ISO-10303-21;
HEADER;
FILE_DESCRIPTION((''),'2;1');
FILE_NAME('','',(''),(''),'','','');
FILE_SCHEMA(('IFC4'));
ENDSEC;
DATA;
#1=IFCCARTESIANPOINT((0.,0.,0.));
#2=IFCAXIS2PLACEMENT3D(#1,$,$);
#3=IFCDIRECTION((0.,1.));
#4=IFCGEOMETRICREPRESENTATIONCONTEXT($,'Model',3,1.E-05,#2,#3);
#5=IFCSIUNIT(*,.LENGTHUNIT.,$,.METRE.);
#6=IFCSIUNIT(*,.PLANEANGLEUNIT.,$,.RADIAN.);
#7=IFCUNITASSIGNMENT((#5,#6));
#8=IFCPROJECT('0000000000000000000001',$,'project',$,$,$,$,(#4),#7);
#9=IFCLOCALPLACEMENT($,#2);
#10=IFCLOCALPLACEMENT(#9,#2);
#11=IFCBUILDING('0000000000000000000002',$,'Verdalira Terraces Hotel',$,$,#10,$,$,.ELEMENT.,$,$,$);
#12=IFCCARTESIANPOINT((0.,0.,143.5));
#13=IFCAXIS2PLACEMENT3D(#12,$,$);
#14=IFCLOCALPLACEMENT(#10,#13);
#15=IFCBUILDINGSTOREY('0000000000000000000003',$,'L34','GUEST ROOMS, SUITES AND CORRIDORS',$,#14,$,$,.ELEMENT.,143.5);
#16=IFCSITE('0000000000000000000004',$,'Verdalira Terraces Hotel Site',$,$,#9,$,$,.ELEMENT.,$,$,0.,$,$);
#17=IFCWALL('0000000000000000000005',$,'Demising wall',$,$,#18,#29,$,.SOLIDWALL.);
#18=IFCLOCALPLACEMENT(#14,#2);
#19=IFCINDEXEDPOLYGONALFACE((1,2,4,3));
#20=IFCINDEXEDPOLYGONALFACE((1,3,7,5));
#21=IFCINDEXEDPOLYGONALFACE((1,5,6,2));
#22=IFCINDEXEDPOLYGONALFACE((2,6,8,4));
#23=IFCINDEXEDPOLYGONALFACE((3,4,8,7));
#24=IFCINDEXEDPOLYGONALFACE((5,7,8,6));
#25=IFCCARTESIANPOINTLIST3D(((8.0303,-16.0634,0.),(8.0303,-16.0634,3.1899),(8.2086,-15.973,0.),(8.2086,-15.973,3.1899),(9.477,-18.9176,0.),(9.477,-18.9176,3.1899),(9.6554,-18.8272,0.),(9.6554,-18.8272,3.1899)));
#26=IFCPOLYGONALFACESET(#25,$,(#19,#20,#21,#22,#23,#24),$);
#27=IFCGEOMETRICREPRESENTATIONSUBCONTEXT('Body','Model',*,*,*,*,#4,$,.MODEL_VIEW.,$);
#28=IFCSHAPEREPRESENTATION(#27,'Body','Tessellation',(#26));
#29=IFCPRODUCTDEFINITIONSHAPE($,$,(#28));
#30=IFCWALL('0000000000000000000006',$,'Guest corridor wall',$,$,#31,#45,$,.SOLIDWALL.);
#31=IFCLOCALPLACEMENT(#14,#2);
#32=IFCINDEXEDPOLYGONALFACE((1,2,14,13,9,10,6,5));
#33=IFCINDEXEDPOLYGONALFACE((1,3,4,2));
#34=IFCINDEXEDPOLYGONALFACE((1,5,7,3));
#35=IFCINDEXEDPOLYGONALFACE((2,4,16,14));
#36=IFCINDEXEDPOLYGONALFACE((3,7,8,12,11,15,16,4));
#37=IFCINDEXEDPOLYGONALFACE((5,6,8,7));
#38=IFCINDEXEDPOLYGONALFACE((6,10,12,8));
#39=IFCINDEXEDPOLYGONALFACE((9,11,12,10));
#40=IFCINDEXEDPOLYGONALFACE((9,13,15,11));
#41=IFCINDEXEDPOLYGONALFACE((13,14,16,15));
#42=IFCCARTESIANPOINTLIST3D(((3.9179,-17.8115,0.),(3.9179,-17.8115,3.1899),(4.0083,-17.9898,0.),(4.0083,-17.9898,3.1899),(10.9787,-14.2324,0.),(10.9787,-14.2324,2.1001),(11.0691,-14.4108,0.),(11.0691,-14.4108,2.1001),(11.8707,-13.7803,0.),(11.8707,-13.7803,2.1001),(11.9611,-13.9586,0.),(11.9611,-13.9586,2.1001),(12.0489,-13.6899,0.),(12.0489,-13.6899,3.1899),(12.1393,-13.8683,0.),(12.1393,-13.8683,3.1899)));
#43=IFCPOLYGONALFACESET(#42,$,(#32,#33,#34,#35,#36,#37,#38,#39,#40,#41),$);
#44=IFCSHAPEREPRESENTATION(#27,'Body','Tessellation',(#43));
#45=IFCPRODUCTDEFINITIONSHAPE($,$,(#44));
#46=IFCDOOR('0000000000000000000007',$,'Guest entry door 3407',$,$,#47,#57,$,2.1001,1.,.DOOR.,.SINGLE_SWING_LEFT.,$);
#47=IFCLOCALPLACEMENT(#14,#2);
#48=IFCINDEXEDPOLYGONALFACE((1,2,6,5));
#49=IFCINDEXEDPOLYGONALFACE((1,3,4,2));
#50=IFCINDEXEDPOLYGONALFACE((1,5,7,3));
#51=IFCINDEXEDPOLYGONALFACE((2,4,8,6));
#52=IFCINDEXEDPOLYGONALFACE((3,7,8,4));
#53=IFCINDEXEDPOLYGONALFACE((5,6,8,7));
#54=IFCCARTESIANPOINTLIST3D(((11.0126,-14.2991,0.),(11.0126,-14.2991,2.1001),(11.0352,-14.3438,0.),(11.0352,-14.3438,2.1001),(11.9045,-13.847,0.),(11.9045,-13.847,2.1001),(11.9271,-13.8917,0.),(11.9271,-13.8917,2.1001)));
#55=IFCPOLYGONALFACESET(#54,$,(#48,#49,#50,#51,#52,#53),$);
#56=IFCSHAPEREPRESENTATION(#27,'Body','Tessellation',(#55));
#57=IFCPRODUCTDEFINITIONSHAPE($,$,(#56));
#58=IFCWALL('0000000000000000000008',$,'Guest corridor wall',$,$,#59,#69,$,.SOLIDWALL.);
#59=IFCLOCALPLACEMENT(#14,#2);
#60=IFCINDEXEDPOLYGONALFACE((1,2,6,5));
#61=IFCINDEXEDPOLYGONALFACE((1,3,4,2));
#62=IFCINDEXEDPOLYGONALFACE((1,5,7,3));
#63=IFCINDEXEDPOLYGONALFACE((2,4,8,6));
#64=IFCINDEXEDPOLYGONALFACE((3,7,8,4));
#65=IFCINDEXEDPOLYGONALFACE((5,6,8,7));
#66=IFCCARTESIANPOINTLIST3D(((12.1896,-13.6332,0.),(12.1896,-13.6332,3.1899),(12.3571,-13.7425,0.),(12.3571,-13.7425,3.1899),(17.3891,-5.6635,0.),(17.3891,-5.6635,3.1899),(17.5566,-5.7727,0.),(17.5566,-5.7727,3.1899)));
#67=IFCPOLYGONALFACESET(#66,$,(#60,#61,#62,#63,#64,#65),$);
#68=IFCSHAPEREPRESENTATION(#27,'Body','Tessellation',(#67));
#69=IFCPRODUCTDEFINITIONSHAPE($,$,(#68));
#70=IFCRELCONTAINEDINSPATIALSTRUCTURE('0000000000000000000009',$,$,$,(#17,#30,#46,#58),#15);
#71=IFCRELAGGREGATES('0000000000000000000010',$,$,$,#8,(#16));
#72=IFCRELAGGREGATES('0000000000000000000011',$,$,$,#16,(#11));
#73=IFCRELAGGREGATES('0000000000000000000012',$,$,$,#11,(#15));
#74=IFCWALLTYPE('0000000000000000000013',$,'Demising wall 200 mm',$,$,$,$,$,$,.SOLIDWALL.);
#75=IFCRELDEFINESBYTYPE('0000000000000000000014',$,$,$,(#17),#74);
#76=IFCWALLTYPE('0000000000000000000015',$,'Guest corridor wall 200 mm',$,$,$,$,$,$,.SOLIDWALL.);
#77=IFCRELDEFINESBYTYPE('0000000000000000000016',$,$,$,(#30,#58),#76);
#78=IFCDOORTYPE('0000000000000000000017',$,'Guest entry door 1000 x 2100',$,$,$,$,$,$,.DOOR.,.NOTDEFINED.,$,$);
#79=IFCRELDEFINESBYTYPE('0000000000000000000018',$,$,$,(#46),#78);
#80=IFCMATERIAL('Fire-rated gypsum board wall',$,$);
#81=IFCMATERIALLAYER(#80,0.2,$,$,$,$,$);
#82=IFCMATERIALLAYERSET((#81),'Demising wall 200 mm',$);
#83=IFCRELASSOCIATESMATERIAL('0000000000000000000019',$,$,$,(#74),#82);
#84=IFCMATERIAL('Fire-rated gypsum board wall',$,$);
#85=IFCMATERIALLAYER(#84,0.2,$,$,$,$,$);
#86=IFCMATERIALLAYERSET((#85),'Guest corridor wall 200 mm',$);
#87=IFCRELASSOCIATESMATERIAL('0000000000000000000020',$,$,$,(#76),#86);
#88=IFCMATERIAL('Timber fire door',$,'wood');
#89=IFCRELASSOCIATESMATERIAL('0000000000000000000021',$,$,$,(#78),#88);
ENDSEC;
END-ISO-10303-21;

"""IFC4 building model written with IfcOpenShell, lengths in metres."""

from ifc_helpers import new_model, si_unit, direction, frame, frame_2d, origin, place, context, subcontext, project, spatial, rectangle, extrude, material, layer, layer_set, type_object, element, fill, save


model = new_model("IFC4")

# Units and contexts
model_context = context("Model", 3, precision=1e-05, world=origin(), true_north=direction((0.0, 1.0)))
body_context = subcontext(model_context, "Body", "Model", "MODEL_VIEW")
ifc_project = project(units=[si_unit("LENGTHUNIT", "METRE"), si_unit("PLANEANGLEUNIT", "RADIAN")], contexts=[model_context])

# Site, building, storey
site_placement = place(None, origin())
site = spatial("IfcSite", under=ifc_project, at=site_placement, Name="Verdalira Terraces Hotel Site", CompositionType="ELEMENT", RefElevation=0.0)
building_placement = place(site_placement, origin())
building = spatial("IfcBuilding", under=site, at=building_placement, Name="Verdalira Terraces Hotel", CompositionType="ELEMENT")
storey_placement = place(building_placement, frame((0.0, 0.0, 143.5)))
storey = spatial("IfcBuildingStorey", under=building, at=storey_placement, Name="L34", Description="GUEST ROOMS, SUITES AND CORRIDORS", CompositionType="ELEMENT", Elevation=143.5)

# Wall
ifc_material_1 = material(Name="Fire-rated gypsum board wall")
ifc_layer_1 = layer(ifc_material_1, 0.2)
ifc_layer_set_1 = layer_set([ifc_layer_1], Name="Demising wall 200 mm")
wall_type_1 = type_object("IfcWallType", Name="Demising wall 200 mm", PredefinedType="SOLIDWALL", material=ifc_layer_set_1)
wall_1_placement = place(storey_placement, frame((8.1194, -16.0181, 0.0), z_axis=(0.0, 0.0, 1.0), x_axis=(0.45212, -0.891957, 0.0)))
element("IfcWall", 1, at=wall_1_placement, inside=storey, type_object=wall_type_1, Name="Demising wall", PredefinedType="SOLIDWALL", context=body_context, shape_type="SweptSolid", body=[
    extrude(rectangle(XDim=3.2, YDim=0.2, at=frame_2d((1.6001, 0.0))), origin(), (0.0, 0.0, 1.0), 3.1899),
])

# Wall, opening, door
ifc_material_2 = material(Name="Fire-rated gypsum board wall")
ifc_layer_2 = layer(ifc_material_2, 0.2)
ifc_layer_set_2 = layer_set([ifc_layer_2], Name="Guest corridor wall 200 mm")
wall_type_2 = type_object("IfcWallType", Name="Guest corridor wall 200 mm", PredefinedType="SOLIDWALL", material=ifc_layer_set_2)
wall_2_placement = place(storey_placement, frame((12.0942, -13.7791, 0.0), z_axis=(0.0, 0.0, 1.0), x_axis=(-0.891955, -0.452124, 0.0)))
wall_2 = element("IfcWall", 2, at=wall_2_placement, inside=storey, type_object=wall_type_2, Name="Guest corridor wall", PredefinedType="SOLIDWALL", context=body_context, shape_type="SweptSolid", body=[
    extrude(rectangle(XDim=9.116, YDim=0.2, at=frame_2d((4.5581, 0.0))), origin(), (0.0, 0.0, 1.0), 3.1899),
])
opening_1_placement = place(wall_2_placement, frame((0.2, 0.0, 0.0)))
opening_1 = element("IfcOpeningElement", 3, at=opening_1_placement, cuts=wall_2, PredefinedType="OPENING", context=body_context, shape_type="SweptSolid", body=[
    extrude(rectangle(XDim=1.0, YDim=2.1001, at=frame_2d((0.5, 1.05))), frame((0.0, 0.1099, 0.0), z_axis=(0.0, -1.0, 0.0), x_axis=(1.0, 0.0, 0.0)), (0.0, 0.0, 1.0), 0.22),
])
ifc_material_3 = material(Name="Timber fire door", Category="wood")
door_type_1 = type_object("IfcDoorType", Name="Guest entry door 1000 x 2100", OperationType="NOTDEFINED", PredefinedType="DOOR", material=ifc_material_3)
door_1_placement = place(opening_1_placement, origin())
door_1 = element("IfcDoor", 4, at=door_1_placement, inside=storey, type_object=door_type_1, Name="Guest entry door 3407", OperationType="SINGLE_SWING_LEFT", OverallHeight=2.1001, OverallWidth=1.0, PredefinedType="DOOR", context=body_context, shape_type="SweptSolid", body=[
    extrude(rectangle(XDim=1.0, YDim=2.1001, at=frame_2d((0.5, 1.05))), frame((0.0, 0.0249, 0.0), z_axis=(0.0, -1.0, 0.0), x_axis=(1.0, 0.0, 0.0)), (0.0, 0.0, 1.0), 0.05),
])
fill(opening_1, door_1)

# Wall
wall_3_placement = place(storey_placement, frame((12.2734, -13.6877, 0.0), z_axis=(0.0, 0.0, 1.0), x_axis=(0.546402, 0.837523, 0.0)))
element("IfcWall", 5, at=wall_3_placement, inside=storey, type_object=wall_type_2, Name="Guest corridor wall", PredefinedType="SOLIDWALL", context=body_context, shape_type="SweptSolid", body=[
    extrude(rectangle(XDim=9.5159, YDim=0.2, at=frame_2d((4.7578, 0.0))), origin(), (0.0, 0.0, 1.0), 3.1899),
])

save(model, "model.ifc")
